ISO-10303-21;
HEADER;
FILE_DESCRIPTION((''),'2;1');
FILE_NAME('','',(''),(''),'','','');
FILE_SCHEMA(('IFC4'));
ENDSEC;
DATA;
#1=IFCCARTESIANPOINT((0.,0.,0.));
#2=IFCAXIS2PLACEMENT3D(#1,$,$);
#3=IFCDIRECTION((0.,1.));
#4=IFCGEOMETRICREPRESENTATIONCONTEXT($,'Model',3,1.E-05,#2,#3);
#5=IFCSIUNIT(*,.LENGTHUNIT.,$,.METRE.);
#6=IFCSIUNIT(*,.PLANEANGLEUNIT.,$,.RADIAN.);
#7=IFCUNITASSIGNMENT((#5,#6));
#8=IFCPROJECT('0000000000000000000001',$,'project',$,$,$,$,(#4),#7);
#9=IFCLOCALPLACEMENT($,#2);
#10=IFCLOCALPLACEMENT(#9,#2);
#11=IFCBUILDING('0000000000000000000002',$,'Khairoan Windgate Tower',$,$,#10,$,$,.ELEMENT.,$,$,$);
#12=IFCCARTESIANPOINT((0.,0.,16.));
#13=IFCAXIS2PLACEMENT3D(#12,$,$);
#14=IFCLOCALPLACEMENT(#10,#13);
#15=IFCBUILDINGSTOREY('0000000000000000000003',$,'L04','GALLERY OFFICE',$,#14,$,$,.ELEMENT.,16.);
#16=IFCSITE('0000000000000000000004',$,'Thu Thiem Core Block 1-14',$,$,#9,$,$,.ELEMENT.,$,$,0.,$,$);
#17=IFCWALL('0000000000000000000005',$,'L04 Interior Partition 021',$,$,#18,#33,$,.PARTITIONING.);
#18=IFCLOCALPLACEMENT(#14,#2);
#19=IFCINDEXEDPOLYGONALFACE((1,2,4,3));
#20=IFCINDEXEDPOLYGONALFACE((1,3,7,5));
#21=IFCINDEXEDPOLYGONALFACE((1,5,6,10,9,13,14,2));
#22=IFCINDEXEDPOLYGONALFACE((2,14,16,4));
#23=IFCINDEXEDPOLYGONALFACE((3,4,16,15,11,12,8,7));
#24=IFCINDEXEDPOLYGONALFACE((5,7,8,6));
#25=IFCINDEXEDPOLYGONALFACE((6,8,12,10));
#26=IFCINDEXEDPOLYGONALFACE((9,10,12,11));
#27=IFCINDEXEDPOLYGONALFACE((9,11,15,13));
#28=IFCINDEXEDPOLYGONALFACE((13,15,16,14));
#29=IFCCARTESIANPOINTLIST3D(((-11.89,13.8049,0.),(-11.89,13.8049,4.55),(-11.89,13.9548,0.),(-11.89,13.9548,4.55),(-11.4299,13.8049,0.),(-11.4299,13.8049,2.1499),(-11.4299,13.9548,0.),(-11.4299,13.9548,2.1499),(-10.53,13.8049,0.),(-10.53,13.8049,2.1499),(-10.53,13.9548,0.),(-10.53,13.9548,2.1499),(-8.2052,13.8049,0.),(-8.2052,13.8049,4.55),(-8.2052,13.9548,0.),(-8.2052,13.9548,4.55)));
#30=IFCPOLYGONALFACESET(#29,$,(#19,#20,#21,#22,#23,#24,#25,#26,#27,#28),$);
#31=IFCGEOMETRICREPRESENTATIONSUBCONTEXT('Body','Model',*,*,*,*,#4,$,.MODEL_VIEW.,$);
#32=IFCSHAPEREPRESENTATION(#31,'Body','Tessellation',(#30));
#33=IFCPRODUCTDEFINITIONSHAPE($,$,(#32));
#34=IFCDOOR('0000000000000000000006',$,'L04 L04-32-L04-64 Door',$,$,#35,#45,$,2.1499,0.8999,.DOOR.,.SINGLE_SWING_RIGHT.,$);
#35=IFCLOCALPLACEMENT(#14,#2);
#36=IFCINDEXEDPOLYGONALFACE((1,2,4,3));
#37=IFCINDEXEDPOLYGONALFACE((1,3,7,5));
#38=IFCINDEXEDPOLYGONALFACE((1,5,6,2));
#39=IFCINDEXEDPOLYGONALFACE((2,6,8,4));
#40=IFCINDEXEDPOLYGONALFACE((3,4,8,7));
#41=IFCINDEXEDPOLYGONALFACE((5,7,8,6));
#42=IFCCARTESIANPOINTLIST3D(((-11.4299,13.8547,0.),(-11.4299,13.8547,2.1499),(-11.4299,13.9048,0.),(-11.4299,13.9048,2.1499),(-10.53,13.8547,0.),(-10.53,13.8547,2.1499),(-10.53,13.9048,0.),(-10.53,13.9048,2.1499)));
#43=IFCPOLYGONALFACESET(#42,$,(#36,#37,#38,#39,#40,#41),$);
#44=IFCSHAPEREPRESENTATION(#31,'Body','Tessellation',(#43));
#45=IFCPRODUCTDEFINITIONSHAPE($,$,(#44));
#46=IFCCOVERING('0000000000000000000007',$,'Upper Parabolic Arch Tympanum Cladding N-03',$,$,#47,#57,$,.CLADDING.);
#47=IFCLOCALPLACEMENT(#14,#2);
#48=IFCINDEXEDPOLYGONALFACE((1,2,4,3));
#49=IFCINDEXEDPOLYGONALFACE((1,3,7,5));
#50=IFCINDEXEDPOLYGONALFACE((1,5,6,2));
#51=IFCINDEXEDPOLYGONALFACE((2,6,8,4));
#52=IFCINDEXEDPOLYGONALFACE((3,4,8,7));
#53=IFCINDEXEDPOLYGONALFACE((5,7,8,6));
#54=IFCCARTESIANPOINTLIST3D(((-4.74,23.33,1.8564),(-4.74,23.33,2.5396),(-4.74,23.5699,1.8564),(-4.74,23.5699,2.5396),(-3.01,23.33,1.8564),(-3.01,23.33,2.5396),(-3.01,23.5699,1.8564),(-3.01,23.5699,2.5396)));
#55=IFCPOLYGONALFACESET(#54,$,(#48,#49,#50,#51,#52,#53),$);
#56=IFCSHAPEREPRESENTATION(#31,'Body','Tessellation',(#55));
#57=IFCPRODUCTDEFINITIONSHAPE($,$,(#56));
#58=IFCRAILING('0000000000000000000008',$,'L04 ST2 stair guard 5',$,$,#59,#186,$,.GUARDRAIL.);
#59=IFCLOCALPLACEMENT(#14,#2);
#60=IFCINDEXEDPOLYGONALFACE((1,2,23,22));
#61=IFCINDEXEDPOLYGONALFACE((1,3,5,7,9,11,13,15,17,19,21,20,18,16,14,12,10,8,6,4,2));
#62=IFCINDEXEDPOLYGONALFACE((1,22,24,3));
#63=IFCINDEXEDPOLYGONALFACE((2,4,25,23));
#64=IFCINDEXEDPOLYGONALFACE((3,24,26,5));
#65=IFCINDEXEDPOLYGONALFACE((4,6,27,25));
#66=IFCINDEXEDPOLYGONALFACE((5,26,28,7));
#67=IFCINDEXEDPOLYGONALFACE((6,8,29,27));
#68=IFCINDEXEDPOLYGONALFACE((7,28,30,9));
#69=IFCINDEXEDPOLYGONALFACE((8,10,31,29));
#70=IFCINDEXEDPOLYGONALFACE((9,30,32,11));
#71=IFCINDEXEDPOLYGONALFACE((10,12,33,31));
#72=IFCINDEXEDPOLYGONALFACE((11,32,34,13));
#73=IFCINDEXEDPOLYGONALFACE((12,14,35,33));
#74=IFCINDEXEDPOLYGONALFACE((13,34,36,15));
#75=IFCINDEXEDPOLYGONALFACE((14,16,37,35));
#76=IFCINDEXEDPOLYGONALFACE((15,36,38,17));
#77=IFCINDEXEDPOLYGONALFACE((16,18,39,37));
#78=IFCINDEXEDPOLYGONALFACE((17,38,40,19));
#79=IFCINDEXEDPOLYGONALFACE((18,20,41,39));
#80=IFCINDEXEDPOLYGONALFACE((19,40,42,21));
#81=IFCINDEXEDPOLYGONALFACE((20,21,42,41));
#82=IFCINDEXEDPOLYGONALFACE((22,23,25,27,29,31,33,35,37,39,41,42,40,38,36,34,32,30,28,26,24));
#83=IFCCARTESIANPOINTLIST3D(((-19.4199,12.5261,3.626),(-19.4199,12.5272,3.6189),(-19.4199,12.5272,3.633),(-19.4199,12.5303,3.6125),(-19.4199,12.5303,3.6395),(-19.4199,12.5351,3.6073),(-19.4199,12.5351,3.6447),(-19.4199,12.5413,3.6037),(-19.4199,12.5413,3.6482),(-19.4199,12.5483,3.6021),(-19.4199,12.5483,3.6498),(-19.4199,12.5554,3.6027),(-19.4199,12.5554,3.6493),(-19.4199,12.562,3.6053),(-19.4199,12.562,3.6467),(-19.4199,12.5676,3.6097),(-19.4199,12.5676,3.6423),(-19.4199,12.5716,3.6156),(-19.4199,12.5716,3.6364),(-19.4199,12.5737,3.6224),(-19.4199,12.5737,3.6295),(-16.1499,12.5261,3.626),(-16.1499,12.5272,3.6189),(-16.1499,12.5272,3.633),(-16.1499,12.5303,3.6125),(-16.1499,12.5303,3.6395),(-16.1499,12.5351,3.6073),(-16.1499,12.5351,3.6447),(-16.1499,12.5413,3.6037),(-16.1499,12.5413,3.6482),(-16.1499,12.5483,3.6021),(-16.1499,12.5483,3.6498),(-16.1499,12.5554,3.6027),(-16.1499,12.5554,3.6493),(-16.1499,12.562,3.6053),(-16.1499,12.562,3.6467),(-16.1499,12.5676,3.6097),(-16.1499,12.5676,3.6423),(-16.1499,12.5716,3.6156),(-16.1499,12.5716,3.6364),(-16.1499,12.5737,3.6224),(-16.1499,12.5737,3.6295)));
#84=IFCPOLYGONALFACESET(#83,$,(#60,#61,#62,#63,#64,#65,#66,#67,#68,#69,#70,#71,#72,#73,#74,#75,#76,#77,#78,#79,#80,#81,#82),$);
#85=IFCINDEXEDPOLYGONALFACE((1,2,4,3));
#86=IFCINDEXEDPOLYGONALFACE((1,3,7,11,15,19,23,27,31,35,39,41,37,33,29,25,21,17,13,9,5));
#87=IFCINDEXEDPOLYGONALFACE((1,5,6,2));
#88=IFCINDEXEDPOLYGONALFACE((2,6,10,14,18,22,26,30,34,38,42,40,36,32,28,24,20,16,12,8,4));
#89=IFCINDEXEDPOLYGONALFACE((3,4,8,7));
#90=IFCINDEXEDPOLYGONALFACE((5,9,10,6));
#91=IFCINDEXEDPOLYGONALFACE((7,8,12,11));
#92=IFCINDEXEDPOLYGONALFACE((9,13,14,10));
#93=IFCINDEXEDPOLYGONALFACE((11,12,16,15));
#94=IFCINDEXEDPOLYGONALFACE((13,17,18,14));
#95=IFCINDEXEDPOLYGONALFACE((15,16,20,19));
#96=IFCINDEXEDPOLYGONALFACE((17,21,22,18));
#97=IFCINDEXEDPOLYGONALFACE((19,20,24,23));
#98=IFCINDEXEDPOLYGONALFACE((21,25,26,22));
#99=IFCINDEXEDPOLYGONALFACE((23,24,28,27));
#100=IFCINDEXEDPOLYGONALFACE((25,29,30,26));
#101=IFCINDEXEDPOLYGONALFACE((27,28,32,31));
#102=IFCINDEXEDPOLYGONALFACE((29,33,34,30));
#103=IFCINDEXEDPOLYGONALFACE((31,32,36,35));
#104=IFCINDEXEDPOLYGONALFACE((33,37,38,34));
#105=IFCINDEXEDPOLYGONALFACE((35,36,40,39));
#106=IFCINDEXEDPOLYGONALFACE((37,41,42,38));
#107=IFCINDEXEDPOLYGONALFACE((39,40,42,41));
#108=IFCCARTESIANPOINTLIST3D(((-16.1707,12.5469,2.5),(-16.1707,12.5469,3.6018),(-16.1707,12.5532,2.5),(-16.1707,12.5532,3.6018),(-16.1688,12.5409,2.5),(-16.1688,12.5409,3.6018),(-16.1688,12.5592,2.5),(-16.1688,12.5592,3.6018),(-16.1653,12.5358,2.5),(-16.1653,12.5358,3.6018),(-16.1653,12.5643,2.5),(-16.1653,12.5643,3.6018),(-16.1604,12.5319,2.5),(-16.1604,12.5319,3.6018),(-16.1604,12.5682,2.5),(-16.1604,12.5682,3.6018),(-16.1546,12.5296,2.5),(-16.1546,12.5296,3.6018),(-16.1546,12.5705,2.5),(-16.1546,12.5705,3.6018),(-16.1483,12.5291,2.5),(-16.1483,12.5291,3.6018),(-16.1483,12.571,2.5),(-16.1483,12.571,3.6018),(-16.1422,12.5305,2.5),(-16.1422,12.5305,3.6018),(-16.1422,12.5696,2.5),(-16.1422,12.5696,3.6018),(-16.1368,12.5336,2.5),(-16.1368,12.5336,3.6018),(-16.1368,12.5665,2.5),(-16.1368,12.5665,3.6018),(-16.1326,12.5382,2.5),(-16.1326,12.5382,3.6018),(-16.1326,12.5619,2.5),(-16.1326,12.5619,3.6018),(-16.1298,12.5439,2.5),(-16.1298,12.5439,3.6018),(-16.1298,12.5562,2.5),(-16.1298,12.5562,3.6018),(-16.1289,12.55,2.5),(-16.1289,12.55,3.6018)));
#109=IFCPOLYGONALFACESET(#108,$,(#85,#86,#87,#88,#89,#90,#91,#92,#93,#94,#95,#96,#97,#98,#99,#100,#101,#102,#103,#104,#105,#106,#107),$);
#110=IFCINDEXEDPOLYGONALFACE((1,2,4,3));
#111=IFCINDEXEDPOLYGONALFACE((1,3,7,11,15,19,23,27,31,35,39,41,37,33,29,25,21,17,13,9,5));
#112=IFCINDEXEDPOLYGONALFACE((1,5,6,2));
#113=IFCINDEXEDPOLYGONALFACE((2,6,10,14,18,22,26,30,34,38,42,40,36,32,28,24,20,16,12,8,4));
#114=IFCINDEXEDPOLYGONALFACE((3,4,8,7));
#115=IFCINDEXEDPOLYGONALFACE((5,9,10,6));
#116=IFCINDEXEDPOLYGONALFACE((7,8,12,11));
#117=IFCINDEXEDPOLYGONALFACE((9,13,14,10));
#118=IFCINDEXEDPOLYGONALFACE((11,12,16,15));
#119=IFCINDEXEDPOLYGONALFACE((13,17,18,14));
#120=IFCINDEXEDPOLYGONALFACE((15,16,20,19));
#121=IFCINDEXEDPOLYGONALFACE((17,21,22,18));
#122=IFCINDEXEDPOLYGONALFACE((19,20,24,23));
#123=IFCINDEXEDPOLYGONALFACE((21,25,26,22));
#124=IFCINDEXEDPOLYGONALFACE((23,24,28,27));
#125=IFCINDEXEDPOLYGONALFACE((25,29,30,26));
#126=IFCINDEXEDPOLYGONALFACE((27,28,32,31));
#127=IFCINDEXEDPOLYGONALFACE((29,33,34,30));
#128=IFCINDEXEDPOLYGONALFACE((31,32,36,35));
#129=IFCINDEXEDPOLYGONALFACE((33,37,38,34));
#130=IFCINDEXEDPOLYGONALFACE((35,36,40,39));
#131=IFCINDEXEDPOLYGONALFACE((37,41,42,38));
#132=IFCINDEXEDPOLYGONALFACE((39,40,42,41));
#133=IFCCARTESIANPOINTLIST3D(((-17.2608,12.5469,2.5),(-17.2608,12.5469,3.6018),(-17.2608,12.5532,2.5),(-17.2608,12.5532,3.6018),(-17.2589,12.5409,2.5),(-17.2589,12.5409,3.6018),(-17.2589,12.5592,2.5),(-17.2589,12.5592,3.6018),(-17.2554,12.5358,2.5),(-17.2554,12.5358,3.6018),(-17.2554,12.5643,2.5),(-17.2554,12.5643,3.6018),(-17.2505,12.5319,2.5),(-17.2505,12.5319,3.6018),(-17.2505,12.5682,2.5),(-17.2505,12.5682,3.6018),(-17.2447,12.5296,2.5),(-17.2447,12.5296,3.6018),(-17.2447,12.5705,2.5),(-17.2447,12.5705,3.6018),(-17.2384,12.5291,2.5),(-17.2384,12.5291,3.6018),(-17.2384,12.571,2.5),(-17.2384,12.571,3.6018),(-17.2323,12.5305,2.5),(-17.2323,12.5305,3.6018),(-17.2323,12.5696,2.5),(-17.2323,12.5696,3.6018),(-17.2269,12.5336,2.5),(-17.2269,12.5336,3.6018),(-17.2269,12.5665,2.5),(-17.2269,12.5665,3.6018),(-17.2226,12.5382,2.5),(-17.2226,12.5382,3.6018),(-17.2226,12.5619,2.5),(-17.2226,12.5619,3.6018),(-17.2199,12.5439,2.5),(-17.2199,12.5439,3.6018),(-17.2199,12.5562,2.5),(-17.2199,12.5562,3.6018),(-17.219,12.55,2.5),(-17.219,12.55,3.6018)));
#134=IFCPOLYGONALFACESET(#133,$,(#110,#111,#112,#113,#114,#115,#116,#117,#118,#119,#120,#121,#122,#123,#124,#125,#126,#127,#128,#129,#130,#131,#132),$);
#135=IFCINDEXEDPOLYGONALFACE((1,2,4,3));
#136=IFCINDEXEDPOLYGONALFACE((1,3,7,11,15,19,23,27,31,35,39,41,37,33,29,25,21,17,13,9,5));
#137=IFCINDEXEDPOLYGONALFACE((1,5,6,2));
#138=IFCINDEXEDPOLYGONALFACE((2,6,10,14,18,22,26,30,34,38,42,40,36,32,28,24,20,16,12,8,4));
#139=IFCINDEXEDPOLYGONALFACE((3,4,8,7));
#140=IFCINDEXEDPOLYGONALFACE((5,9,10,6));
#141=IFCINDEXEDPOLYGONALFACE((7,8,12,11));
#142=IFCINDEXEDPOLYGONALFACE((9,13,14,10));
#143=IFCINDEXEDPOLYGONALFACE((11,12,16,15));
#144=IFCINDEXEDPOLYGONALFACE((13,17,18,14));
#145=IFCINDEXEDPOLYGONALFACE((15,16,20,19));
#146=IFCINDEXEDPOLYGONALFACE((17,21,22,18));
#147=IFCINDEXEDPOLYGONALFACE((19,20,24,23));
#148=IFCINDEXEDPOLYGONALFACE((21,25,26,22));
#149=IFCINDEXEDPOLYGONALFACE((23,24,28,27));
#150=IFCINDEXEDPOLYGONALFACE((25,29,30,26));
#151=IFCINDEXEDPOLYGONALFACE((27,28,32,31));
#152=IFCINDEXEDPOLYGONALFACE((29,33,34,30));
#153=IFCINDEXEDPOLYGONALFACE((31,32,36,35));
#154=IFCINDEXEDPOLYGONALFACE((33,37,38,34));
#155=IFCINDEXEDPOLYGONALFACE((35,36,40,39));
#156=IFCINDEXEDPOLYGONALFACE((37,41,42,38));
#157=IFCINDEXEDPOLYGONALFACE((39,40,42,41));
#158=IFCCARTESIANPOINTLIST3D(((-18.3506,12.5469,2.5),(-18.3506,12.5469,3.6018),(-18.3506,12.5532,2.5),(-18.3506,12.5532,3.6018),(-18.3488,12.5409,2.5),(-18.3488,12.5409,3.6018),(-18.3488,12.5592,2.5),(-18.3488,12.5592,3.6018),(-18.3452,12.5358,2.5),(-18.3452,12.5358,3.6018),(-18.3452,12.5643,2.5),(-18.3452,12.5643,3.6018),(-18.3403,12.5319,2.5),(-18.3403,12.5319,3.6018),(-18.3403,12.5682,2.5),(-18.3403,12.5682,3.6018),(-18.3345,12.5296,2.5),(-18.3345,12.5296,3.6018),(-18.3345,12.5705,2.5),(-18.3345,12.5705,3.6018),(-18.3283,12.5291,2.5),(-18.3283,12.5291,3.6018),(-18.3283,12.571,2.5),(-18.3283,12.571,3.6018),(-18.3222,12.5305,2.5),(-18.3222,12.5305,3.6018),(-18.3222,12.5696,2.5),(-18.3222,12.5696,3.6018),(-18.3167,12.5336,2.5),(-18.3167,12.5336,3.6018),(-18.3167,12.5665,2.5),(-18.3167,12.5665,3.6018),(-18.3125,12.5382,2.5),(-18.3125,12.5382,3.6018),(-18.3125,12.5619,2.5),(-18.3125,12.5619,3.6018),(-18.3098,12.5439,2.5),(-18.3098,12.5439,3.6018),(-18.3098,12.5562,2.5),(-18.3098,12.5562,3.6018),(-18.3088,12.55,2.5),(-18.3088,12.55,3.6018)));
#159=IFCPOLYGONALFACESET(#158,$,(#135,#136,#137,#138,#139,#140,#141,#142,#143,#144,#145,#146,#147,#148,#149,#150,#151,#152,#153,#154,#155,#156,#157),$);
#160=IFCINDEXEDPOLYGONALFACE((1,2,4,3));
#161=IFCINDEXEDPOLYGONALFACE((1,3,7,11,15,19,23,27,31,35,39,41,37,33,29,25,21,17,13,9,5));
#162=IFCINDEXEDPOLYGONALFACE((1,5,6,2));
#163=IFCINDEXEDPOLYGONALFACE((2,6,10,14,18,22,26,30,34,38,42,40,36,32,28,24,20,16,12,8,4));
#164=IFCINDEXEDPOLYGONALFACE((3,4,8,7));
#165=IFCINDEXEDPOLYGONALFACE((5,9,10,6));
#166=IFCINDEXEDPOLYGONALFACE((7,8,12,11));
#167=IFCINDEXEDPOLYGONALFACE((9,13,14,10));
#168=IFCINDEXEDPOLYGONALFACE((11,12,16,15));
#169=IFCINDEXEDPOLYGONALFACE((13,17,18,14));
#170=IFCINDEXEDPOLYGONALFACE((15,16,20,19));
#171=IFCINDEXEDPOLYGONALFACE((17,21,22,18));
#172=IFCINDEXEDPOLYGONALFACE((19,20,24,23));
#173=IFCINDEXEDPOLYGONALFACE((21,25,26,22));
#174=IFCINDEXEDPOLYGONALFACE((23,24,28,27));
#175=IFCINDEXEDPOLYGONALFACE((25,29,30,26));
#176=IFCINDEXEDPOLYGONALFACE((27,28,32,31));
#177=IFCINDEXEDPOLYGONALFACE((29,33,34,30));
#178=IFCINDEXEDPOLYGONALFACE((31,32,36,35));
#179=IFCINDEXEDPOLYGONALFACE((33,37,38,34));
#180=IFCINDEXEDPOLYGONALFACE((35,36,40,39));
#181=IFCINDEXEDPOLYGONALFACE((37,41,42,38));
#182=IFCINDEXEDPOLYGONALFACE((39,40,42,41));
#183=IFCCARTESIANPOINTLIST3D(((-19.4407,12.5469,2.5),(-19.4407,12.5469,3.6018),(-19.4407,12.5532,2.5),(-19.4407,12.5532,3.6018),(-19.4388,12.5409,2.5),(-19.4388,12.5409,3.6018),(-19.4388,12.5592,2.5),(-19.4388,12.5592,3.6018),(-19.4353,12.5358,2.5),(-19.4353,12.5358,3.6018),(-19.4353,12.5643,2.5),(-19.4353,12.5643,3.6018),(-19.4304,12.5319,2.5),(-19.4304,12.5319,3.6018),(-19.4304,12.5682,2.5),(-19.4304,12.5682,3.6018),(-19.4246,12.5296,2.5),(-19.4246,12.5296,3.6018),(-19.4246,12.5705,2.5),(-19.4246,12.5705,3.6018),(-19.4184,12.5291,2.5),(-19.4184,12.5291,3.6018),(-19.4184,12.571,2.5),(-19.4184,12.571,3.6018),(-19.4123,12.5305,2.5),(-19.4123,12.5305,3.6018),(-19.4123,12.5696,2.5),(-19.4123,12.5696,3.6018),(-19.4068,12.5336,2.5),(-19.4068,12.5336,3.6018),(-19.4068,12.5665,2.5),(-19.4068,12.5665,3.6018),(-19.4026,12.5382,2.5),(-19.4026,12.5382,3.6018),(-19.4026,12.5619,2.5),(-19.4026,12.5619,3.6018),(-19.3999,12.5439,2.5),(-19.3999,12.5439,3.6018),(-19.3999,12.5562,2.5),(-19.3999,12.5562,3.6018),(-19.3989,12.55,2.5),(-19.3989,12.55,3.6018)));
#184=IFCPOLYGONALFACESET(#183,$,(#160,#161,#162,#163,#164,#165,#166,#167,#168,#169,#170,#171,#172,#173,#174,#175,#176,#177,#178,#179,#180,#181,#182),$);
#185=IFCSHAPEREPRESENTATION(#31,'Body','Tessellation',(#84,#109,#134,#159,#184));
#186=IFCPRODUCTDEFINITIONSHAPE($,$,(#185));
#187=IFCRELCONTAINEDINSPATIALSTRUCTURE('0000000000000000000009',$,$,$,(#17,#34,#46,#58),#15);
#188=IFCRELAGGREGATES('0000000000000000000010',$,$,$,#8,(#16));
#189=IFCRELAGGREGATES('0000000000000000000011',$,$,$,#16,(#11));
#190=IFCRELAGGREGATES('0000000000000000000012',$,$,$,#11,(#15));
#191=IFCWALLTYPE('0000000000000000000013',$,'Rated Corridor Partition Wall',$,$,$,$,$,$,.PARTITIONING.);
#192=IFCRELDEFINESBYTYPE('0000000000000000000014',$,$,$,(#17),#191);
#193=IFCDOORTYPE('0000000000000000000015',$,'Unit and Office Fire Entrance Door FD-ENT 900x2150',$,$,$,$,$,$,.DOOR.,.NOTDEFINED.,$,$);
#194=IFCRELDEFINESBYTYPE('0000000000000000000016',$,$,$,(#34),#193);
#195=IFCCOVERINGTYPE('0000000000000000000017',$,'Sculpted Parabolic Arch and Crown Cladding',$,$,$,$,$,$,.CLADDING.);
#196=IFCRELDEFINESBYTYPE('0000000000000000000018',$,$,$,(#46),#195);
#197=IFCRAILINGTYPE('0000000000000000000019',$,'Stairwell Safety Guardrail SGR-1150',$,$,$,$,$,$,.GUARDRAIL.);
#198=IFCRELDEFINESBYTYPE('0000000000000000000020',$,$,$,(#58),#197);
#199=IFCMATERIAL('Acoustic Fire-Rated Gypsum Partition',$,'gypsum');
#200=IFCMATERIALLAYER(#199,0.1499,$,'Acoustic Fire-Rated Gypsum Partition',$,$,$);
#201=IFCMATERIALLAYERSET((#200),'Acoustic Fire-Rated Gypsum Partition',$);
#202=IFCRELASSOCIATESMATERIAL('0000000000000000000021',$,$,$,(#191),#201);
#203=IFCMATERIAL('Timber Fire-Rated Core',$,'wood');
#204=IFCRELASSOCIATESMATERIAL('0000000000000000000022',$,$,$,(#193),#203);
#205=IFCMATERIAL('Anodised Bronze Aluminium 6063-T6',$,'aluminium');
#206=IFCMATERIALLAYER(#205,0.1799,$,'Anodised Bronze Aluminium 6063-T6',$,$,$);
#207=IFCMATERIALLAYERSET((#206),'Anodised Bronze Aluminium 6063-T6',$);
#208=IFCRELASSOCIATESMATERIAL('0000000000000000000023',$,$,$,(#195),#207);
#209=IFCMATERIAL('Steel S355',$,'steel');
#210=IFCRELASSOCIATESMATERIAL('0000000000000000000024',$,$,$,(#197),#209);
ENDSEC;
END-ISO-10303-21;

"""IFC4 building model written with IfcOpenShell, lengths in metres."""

from ifc_helpers import new_model, si_unit, direction, frame, frame_2d, origin, origin_2d, place, context, subcontext, project, spatial, rectangle, circle, extrude, material, layer, layer_set, type_object, element, fill, save


model = new_model("IFC4")

# Units and contexts
model_context = context("Model", 3, precision=1e-05, world=origin(), true_north=direction((0.0, 1.0)))
body_context = subcontext(model_context, "Body", "Model", "MODEL_VIEW")
ifc_project = project(units=[si_unit("LENGTHUNIT", "METRE"), si_unit("PLANEANGLEUNIT", "RADIAN")], contexts=[model_context])

# Site, building, storey
site_placement = place(None, origin())
site = spatial("IfcSite", under=ifc_project, at=site_placement, Name="Thu Thiem Core Block 1-14", CompositionType="ELEMENT", RefElevation=0.0)
building_placement = place(site_placement, origin())
building = spatial("IfcBuilding", under=site, at=building_placement, Name="Khairoan Windgate Tower", CompositionType="ELEMENT")
storey_placement = place(building_placement, frame((0.0, 0.0, 16.0)))
storey = spatial("IfcBuildingStorey", under=building, at=storey_placement, Name="L04", Description="GALLERY OFFICE", CompositionType="ELEMENT", Elevation=16.0)

# Wall, opening, door
ifc_material_1 = material(Name="Acoustic Fire-Rated Gypsum Partition", Category="gypsum")
ifc_layer_1 = layer(ifc_material_1, 0.1499, Name="Acoustic Fire-Rated Gypsum Partition")
ifc_layer_set_1 = layer_set([ifc_layer_1], Name="Acoustic Fire-Rated Gypsum Partition")
wall_type_1 = type_object("IfcWallType", Name="Rated Corridor Partition Wall", PredefinedType="PARTITIONING", material=ifc_layer_set_1)
wall_1_placement = place(storey_placement, frame((-11.8899, 13.8799, 0.0), z_axis=(0.0, 0.0, 1.0), x_axis=(1.0, 0.0, 0.0)))
wall_1 = element("IfcWall", 1, at=wall_1_placement, inside=storey, type_object=wall_type_1, Name="L04 Interior Partition 021", PredefinedType="PARTITIONING", context=body_context, shape_type="SweptSolid", body=[
    extrude(rectangle(XDim=3.6848, YDim=0.1499, at=frame_2d((1.8423, 0.0))), origin(), (0.0, 0.0, 1.0), 4.55),
])
opening_placement = place(wall_1_placement, frame((0.46, 0.0, 0.0)))
opening = element("IfcOpeningElement", 2, at=opening_placement, cuts=wall_1, PredefinedType="OPENING", context=body_context, shape_type="SweptSolid", body=[
    extrude(rectangle(XDim=0.8999, YDim=2.1499, at=frame_2d((0.45, 1.075))), frame((0.0, 0.085, 0.0), z_axis=(0.0, -1.0, 0.0), x_axis=(1.0, 0.0, 0.0)), (0.0, 0.0, 1.0), 0.1699),
])
ifc_material_2 = material(Name="Timber Fire-Rated Core", Category="wood")
door_type = type_object("IfcDoorType", Name="Unit and Office Fire Entrance Door FD-ENT 900x2150", OperationType="NOTDEFINED", PredefinedType="DOOR", material=ifc_material_2)
door_placement = place(opening_placement, origin())
door = element("IfcDoor", 3, at=door_placement, inside=storey, type_object=door_type, Name="L04 L04-32-L04-64 Door", OperationType="SINGLE_SWING_RIGHT", OverallHeight=2.1499, OverallWidth=0.8999, PredefinedType="DOOR", context=body_context, shape_type="SweptSolid", body=[
    extrude(rectangle(XDim=0.8999, YDim=2.1499, at=frame_2d((0.45, 1.075))), frame((0.0, 0.0249, 0.0), z_axis=(0.0, -1.0, 0.0), x_axis=(1.0, 0.0, 0.0)), (0.0, 0.0, 1.0), 0.05),
])
fill(opening, door)

# Covering
ifc_material_3 = material(Name="Anodised Bronze Aluminium 6063-T6", Category="aluminium")
ifc_layer_2 = layer(ifc_material_3, 0.1799, Name="Anodised Bronze Aluminium 6063-T6")
ifc_layer_set_2 = layer_set([ifc_layer_2], Name="Anodised Bronze Aluminium 6063-T6")
covering_type = type_object("IfcCoveringType", Name="Sculpted Parabolic Arch and Crown Cladding", PredefinedType="CLADDING", material=ifc_layer_set_2)
covering_placement = place(storey_placement, frame((-3.875, 23.45, 1.8564), z_axis=(0.0, 0.0, 1.0), x_axis=(1.0, 0.0, 0.0)))
element("IfcCovering", 4, at=covering_placement, inside=storey, type_object=covering_type, Name="Upper Parabolic Arch Tympanum Cladding N-03", PredefinedType="CLADDING", context=body_context, shape_type="SweptSolid", body=[
    extrude(rectangle(XDim=1.73, YDim=0.24, at=origin_2d()), origin(), (0.0, 0.0, 1.0), 0.6831),
])

# Railing
ifc_material_4 = material(Name="Steel S355", Category="steel")
railing_type_1 = type_object("IfcRailingType", Name="Stairwell Safety Guardrail SGR-1150", PredefinedType="GUARDRAIL", material=ifc_material_4)
railing_1_placement = place(storey_placement, frame((-16.1499, 12.55, 2.5)))
element("IfcRailing", 5, at=railing_1_placement, inside=storey, type_object=railing_type_1, Name="L04 ST2 stair guard 5", PredefinedType="GUARDRAIL", context=body_context, shape_type="SweptSolid", body=[
    extrude(circle(Radius=0.0239, at=origin_2d()), frame((0.0, 0.0, 1.126), z_axis=(-1.0, 0.0, 0.0), x_axis=(0.0, -1.0, 0.0)), (0.0, 0.0, 1.0), 3.27),
    extrude(circle(Radius=0.021, at=origin_2d()), origin(), (0.0, 0.0, 1.0), 1.1018),
    extrude(circle(Radius=0.021, at=origin_2d()), frame((-1.0901, 0.0, 0.0)), (0.0, 0.0, 1.0), 1.1018),
    extrude(circle(Radius=0.021, at=origin_2d()), frame((-2.1799, 0.0, 0.0)), (0.0, 0.0, 1.0), 1.1018),
    extrude(circle(Radius=0.021, at=origin_2d()), frame((-3.27, 0.0, 0.0)), (0.0, 0.0, 1.0), 1.1018),
])

save(model, "model.ifc")
